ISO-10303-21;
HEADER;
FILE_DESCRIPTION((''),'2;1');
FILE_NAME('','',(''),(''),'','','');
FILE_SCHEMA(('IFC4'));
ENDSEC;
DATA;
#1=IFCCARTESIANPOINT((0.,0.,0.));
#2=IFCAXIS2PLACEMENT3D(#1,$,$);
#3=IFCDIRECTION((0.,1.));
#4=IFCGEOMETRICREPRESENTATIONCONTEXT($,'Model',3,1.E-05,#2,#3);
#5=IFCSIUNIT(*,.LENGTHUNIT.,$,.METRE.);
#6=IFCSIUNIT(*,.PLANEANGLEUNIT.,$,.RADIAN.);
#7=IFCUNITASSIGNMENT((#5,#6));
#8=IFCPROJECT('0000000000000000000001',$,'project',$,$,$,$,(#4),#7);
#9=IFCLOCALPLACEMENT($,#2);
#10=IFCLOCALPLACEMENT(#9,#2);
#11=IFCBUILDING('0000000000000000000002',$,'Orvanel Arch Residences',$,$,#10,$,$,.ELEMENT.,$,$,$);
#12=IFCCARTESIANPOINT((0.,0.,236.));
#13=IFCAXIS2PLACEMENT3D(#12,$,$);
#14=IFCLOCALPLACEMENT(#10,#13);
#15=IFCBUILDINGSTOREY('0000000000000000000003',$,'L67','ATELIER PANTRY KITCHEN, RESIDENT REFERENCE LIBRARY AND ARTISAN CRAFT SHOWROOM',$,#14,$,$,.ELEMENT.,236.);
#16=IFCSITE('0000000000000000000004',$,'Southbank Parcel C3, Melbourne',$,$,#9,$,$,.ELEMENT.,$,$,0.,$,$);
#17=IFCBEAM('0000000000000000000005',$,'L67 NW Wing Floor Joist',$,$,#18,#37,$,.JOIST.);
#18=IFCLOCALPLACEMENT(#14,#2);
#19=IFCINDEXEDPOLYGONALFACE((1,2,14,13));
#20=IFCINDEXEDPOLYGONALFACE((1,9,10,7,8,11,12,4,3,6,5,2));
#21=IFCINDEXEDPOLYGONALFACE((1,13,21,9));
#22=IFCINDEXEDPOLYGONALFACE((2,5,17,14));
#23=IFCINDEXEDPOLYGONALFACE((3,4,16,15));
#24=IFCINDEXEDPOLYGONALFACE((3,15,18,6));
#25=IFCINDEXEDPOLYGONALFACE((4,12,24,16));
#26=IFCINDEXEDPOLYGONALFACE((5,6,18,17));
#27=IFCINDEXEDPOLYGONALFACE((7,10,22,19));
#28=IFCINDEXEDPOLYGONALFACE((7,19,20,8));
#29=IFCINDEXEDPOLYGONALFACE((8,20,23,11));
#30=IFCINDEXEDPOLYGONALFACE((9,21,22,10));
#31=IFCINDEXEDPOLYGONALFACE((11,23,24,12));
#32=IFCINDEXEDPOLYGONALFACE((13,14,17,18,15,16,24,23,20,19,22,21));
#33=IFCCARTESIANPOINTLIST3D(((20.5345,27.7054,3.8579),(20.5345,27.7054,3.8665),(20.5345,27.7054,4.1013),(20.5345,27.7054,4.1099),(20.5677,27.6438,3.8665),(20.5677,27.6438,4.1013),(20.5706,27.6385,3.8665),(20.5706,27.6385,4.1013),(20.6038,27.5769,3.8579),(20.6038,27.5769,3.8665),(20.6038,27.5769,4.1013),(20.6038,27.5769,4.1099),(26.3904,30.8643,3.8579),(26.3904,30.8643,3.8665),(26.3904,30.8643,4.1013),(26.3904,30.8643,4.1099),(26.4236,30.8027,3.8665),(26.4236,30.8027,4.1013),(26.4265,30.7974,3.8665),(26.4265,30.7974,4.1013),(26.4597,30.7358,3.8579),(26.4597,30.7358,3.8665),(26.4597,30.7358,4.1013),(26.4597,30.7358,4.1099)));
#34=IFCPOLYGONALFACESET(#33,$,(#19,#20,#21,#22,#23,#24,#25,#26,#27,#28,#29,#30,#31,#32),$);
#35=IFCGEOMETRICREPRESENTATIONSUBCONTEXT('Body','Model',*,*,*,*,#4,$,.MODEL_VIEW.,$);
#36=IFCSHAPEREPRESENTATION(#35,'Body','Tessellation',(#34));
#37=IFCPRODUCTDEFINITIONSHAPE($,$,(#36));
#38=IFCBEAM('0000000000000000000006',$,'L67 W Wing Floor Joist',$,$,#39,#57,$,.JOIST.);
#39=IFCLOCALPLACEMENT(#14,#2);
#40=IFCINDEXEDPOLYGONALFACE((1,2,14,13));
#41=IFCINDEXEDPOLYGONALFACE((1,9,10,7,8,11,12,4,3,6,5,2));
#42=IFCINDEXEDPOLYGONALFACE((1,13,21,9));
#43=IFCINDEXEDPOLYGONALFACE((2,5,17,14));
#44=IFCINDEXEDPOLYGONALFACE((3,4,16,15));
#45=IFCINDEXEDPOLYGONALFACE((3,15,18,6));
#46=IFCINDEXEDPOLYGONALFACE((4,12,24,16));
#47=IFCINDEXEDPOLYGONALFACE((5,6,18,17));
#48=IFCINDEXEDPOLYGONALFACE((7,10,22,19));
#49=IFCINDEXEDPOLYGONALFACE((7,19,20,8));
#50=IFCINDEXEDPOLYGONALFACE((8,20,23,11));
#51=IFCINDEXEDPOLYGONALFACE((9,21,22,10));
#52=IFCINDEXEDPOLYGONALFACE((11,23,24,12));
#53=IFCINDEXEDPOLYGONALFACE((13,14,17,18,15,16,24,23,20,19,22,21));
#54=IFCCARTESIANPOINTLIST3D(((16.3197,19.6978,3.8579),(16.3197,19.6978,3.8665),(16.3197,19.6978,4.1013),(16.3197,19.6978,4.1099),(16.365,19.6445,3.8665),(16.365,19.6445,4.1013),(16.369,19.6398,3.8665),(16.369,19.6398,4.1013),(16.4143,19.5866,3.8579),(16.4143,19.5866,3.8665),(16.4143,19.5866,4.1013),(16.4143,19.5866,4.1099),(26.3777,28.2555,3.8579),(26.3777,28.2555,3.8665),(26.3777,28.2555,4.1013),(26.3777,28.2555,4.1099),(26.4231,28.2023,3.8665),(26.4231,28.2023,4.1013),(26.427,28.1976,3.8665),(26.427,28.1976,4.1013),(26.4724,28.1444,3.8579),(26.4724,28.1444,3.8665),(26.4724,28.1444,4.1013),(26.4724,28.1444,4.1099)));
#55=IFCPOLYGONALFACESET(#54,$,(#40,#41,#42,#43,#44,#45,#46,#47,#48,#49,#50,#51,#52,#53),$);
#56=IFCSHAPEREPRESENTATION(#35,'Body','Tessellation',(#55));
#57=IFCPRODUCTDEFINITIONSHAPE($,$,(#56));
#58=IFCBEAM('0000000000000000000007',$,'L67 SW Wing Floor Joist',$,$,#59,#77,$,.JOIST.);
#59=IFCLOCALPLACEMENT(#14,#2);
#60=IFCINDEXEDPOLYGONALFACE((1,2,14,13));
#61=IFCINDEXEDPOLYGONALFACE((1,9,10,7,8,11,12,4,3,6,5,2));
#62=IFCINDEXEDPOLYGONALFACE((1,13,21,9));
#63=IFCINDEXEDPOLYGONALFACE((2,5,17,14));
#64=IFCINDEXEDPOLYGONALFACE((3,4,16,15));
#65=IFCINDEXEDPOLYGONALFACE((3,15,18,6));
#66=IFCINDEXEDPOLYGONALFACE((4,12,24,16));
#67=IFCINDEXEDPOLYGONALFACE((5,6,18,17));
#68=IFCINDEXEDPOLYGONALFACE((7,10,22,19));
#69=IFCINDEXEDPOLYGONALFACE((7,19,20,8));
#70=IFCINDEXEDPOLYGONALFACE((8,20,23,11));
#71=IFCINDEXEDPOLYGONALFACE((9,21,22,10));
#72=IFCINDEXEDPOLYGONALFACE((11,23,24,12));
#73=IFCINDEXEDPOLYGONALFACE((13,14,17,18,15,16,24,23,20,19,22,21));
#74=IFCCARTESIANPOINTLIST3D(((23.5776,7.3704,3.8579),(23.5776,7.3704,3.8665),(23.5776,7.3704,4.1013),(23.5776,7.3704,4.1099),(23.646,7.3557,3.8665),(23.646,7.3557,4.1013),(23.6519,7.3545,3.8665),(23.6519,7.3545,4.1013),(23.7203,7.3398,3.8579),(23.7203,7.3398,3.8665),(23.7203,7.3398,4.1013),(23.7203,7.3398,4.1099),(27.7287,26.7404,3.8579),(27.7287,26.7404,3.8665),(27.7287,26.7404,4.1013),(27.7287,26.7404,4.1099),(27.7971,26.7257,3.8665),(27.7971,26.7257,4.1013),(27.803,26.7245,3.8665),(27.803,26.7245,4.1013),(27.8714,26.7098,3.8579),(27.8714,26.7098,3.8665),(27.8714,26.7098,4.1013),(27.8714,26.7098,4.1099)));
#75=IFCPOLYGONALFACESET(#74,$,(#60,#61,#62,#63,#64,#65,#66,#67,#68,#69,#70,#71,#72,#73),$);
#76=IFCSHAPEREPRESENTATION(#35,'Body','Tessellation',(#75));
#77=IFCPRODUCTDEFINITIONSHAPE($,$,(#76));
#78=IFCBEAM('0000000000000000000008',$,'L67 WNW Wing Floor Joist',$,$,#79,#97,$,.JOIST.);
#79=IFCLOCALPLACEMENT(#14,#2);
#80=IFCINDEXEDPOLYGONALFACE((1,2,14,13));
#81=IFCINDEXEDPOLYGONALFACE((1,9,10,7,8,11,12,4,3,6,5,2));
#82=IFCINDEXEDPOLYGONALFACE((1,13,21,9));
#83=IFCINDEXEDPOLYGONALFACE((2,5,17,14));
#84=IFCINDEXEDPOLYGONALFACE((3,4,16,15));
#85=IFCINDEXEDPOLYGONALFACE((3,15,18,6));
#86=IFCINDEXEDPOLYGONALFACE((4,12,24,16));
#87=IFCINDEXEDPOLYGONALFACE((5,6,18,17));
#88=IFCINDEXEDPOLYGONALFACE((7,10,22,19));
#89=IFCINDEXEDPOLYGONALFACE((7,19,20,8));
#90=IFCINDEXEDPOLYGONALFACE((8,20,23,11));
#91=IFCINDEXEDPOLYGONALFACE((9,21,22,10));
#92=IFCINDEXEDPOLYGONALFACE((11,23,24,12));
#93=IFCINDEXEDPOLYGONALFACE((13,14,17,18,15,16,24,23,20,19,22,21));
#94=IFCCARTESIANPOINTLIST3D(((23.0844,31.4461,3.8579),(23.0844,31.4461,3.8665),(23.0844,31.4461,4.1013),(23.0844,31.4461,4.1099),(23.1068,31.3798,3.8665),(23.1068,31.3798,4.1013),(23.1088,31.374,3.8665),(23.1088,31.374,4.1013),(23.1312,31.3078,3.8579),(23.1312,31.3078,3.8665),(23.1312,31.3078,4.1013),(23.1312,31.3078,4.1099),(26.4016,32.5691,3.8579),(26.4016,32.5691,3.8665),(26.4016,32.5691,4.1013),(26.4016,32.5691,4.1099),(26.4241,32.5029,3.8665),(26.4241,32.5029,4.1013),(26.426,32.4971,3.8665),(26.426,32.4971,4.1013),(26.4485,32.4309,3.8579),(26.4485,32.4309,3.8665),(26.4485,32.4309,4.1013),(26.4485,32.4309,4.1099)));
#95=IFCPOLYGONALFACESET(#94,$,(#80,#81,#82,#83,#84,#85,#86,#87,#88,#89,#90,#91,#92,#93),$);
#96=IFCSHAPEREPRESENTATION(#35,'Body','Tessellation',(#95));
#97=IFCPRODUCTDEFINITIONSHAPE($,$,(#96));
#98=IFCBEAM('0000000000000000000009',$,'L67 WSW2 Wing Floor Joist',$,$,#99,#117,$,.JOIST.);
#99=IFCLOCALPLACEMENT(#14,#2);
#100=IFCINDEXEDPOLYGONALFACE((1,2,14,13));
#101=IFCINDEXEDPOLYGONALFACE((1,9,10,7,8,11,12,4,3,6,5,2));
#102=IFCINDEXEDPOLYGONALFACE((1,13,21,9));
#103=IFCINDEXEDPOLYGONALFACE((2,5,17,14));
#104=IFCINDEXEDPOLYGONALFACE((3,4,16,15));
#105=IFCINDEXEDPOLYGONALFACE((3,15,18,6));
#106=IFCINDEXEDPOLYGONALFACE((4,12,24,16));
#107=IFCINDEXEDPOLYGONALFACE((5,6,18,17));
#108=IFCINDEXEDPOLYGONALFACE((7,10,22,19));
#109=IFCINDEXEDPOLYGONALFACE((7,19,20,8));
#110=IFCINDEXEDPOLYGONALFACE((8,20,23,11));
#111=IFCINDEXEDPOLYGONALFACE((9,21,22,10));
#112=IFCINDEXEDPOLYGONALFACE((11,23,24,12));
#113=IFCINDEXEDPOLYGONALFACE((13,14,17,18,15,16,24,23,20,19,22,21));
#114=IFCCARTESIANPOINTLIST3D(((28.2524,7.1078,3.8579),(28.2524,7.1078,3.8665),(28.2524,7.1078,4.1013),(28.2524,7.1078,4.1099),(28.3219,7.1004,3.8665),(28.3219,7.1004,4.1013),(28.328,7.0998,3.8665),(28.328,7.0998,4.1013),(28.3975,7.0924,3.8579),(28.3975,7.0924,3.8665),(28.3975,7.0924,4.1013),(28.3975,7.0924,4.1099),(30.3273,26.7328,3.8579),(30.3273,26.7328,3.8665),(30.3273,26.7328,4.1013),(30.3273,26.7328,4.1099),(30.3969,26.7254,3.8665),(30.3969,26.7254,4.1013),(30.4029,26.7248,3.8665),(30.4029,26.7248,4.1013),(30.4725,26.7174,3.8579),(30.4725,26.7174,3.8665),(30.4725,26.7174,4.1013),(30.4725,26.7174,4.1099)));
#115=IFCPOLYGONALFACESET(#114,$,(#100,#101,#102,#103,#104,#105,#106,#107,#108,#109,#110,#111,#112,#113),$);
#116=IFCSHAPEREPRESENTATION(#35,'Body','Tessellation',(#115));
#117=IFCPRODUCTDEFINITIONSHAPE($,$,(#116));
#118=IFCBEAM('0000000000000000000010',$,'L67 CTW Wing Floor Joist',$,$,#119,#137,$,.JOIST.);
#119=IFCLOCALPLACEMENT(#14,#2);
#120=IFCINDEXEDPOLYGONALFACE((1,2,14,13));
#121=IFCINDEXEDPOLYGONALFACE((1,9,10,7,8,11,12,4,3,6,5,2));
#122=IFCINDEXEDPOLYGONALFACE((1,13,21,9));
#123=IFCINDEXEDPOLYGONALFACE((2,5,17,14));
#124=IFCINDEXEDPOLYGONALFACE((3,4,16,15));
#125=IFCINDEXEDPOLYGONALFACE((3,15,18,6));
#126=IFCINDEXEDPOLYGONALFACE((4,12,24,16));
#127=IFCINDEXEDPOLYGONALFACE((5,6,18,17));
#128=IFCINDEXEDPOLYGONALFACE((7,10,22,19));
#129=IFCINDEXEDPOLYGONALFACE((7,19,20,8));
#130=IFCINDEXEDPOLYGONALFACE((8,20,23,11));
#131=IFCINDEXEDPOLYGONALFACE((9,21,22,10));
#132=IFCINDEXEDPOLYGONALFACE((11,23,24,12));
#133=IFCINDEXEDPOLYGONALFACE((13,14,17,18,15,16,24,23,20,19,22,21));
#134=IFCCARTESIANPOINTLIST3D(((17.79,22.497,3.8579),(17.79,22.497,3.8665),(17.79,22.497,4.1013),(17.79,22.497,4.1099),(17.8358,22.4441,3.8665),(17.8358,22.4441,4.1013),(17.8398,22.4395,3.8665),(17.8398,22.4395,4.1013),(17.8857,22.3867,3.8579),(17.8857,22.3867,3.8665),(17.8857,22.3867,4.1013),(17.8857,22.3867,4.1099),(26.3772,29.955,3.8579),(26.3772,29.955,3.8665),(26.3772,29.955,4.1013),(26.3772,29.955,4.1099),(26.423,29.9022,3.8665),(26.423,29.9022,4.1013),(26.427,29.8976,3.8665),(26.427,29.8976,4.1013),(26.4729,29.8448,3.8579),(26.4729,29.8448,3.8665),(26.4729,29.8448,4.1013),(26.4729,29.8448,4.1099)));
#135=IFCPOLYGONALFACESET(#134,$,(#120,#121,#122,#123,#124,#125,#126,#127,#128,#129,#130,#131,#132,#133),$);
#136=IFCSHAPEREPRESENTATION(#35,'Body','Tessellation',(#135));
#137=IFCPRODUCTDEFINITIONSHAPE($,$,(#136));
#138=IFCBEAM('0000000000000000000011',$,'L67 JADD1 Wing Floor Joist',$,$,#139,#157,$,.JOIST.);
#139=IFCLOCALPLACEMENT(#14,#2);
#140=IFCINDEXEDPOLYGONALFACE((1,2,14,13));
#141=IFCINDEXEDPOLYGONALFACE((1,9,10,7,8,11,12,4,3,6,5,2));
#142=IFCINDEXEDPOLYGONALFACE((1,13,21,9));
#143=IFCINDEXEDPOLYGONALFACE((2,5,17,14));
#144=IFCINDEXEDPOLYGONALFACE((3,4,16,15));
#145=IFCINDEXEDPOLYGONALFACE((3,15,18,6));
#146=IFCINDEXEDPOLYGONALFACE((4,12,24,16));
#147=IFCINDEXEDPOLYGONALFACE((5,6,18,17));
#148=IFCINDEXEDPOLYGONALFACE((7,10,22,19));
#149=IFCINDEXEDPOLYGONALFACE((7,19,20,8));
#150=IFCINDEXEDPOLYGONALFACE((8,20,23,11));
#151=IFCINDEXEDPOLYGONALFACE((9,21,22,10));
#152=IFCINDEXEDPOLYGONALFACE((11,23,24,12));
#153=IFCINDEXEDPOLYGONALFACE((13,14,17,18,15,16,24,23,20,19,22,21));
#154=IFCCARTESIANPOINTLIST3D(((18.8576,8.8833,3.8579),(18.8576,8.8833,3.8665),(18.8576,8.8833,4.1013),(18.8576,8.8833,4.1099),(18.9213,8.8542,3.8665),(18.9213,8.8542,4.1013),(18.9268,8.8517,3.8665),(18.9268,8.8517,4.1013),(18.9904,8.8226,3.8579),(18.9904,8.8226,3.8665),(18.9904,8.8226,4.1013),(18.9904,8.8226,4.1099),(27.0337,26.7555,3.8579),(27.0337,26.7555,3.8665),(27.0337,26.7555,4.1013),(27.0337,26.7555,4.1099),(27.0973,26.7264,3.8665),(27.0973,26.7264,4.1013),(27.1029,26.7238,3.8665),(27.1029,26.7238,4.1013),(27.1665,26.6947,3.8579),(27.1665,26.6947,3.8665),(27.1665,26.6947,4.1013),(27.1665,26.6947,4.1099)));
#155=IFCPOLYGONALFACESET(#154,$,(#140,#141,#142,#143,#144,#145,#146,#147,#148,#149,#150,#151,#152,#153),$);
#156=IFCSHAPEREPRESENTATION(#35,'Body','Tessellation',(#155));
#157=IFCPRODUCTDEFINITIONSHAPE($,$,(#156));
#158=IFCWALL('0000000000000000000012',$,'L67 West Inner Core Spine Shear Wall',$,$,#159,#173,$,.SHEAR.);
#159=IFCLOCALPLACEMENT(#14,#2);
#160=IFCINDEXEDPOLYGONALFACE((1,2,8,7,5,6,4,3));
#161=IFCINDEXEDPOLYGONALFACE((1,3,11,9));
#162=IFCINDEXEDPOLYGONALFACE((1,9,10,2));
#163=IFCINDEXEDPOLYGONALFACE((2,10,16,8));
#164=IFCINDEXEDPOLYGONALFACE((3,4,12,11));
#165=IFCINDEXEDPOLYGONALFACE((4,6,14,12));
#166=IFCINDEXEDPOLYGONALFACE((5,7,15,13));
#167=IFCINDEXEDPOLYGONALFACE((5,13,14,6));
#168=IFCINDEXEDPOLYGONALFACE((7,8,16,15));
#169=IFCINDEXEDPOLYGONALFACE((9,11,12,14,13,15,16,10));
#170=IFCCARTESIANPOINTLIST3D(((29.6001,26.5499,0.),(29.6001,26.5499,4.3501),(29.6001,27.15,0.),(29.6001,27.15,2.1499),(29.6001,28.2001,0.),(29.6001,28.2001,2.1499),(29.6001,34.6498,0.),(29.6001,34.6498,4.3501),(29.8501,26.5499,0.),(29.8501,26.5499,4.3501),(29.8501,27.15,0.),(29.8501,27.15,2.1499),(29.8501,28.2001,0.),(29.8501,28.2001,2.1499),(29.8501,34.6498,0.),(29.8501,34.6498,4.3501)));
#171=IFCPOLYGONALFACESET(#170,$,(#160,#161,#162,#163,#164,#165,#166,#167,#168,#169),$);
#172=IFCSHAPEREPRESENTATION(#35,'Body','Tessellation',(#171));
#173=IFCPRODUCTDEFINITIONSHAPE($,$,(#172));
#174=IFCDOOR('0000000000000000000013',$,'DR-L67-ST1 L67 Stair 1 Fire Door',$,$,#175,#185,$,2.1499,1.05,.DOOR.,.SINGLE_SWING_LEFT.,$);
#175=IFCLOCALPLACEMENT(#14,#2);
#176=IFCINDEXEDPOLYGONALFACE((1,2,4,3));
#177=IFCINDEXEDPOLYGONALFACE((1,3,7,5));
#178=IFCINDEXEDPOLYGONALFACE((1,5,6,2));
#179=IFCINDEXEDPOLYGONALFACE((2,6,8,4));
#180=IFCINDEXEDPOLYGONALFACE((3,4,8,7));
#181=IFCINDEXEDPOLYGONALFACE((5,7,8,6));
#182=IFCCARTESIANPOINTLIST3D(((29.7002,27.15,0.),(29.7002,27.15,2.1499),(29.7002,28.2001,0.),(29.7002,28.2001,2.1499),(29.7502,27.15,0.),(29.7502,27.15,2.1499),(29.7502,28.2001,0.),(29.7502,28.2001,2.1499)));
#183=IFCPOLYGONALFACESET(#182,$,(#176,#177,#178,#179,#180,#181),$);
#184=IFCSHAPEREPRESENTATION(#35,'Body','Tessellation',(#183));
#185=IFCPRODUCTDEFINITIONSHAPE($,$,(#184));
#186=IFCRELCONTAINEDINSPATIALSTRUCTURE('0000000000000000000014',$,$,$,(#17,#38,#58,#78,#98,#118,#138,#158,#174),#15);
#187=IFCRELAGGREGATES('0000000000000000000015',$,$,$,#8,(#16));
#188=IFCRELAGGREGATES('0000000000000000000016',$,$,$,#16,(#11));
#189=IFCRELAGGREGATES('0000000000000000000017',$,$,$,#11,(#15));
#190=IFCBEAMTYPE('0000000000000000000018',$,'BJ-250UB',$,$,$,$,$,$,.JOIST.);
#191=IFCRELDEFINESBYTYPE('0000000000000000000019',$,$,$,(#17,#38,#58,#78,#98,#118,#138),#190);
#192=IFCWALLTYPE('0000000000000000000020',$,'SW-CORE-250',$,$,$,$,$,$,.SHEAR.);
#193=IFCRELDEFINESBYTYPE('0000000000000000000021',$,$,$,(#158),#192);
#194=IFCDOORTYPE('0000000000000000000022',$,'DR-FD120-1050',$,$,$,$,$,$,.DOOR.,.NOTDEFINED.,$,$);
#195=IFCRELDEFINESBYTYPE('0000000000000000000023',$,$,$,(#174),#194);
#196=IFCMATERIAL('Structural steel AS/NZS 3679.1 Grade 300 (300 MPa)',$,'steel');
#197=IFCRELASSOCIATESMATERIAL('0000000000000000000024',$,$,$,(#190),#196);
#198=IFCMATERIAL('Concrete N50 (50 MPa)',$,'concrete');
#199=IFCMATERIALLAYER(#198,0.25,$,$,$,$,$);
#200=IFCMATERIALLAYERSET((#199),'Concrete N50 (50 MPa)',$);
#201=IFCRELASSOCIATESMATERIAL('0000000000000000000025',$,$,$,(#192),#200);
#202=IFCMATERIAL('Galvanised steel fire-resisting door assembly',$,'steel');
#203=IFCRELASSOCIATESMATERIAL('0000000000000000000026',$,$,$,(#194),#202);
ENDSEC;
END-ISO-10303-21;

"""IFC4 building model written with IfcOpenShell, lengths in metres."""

from ifc_helpers import new_model, si_unit, direction, frame, frame_2d, origin, origin_2d, place, context, subcontext, project, spatial, rectangle, i_section, extrude, material, layer, layer_set, material_profile, profile_set, type_object, element, fill, save


model = new_model("IFC4")

# Units and contexts
model_context = context("Model", 3, precision=1e-05, world=origin(), true_north=direction((0.0, 1.0)))
body_context = subcontext(model_context, "Body", "Model", "MODEL_VIEW")
ifc_project = project(units=[si_unit("LENGTHUNIT", "METRE"), si_unit("PLANEANGLEUNIT", "RADIAN")], contexts=[model_context])

# Site, building, storey
site_placement = place(None, origin())
site = spatial("IfcSite", under=ifc_project, at=site_placement, Name="Southbank Parcel C3, Melbourne", CompositionType="ELEMENT", RefElevation=0.0)
building_placement = place(site_placement, origin())
building = spatial("IfcBuilding", under=site, at=building_placement, Name="Orvanel Arch Residences", CompositionType="ELEMENT")
storey_placement = place(building_placement, frame((0.0, 0.0, 236.0)))
storey = spatial("IfcBuildingStorey", under=building, at=storey_placement, Name="L67", Description="ATELIER PANTRY KITCHEN, RESIDENT REFERENCE LIBRARY AND ARTISAN CRAFT SHOWROOM", CompositionType="ELEMENT", Elevation=236.0)

# Beams
ifc_material_1 = material(Name="Structural steel AS/NZS 3679.1 Grade 300 (300 MPa)", Category="steel")
ifc_material_profile = material_profile(ifc_material_1, i_section(OverallWidth=0.146, OverallDepth=0.252, WebThickness=0.0061, FlangeThickness=0.0085, at=origin_2d()), Name="250UB31.4")
ifc_profile_set = profile_set([ifc_material_profile], Name="Structural steel AS/NZS 3679.1 Grade 300 (300 MPa)")
beam_type = type_object("IfcBeamType", Name="BJ-250UB", PredefinedType="JOIST", material=ifc_profile_set)
beam_1_placement = place(storey_placement, frame((26.425, 30.8, 3.9839), z_axis=(-0.880111, -0.474767, 0.0), x_axis=(0.474767, -0.880111, 0.0)))
element("IfcBeam", 1, at=beam_1_placement, inside=storey, type_object=beam_type, Name="L67 NW Wing Floor Joist", PredefinedType="JOIST", context=body_context, shape_type="SweptSolid", body=[
    extrude(i_section(OverallWidth=0.146, OverallDepth=0.252, WebThickness=0.0061, FlangeThickness=0.0085, at=origin_2d()), origin(), (0.0, 0.0, 1.0), 6.6536),
])
beam_2_placement = place(storey_placement, frame((26.425, 28.2, 3.9839), z_axis=(-0.761623, -0.648021, 0.0), x_axis=(0.648021, -0.761623, 0.0)))
element("IfcBeam", 2, at=beam_2_placement, inside=storey, type_object=beam_type, Name="L67 W Wing Floor Joist", PredefinedType="JOIST", context=body_context, shape_type="SweptSolid", body=[
    extrude(i_section(OverallWidth=0.146, OverallDepth=0.252, WebThickness=0.0061, FlangeThickness=0.0085, at=origin_2d()), origin(), (0.0, 0.0, 1.0), 13.2061),
])
beam_3_placement = place(storey_placement, frame((27.8, 26.7251, 3.9839), z_axis=(-0.209548, -0.977798, 0.0), x_axis=(0.977798, -0.209548, 0.0)))
element("IfcBeam", 3, at=beam_3_placement, inside=storey, type_object=beam_type, Name="L67 SW Wing Floor Joist", PredefinedType="JOIST", context=body_context, shape_type="SweptSolid", body=[
    extrude(i_section(OverallWidth=0.146, OverallDepth=0.252, WebThickness=0.0061, FlangeThickness=0.0085, at=origin_2d()), origin(), (0.0, 0.0, 1.0), 19.8098),
])
beam_4_placement = place(storey_placement, frame((26.425, 32.5, 3.9839), z_axis=(-0.947188, -0.320679, 0.0), x_axis=(0.320679, -0.947188, 0.0)))
element("IfcBeam", 4, at=beam_4_placement, inside=storey, type_object=beam_type, Name="L67 WNW Wing Floor Joist", PredefinedType="JOIST", context=body_context, shape_type="SweptSolid", body=[
    extrude(i_section(OverallWidth=0.146, OverallDepth=0.252, WebThickness=0.0061, FlangeThickness=0.0085, at=origin_2d()), origin(), (0.0, 0.0, 1.0), 3.5022),
])
beam_5_placement = place(storey_placement, frame((30.3999, 26.7251, 3.9839), z_axis=(-0.105144, -0.994457, 0.0), x_axis=(0.994457, -0.105144, 0.0)))
element("IfcBeam", 5, at=beam_5_placement, inside=storey, type_object=beam_type, Name="L67 WSW2 Wing Floor Joist", PredefinedType="JOIST", context=body_context, shape_type="SweptSolid", body=[
    extrude(i_section(OverallWidth=0.146, OverallDepth=0.252, WebThickness=0.0061, FlangeThickness=0.0085, at=origin_2d()), origin(), (0.0, 0.0, 1.0), 19.7344),
])
beam_6_placement = place(storey_placement, frame((26.425, 29.8999, 3.9839), z_axis=(-0.755001, -0.655724, 0.0), x_axis=(0.655724, -0.755001, 0.0)))
element("IfcBeam", 6, at=beam_6_placement, inside=storey, type_object=beam_type, Name="L67 CTW Wing Floor Joist", PredefinedType="JOIST", context=body_context, shape_type="SweptSolid", body=[
    extrude(i_section(OverallWidth=0.146, OverallDepth=0.252, WebThickness=0.0061, FlangeThickness=0.0085, at=origin_2d()), origin(), (0.0, 0.0, 1.0), 11.3738),
])
beam_7_placement = place(storey_placement, frame((27.1001, 26.7251, 3.9839), z_axis=(-0.41601, -0.90936, 0.0), x_axis=(0.90936, -0.41601, 0.0)))
element("IfcBeam", 7, at=beam_7_placement, inside=storey, type_object=beam_type, Name="L67 JADD1 Wing Floor Joist", PredefinedType="JOIST", context=body_context, shape_type="SweptSolid", body=[
    extrude(i_section(OverallWidth=0.146, OverallDepth=0.252, WebThickness=0.0061, FlangeThickness=0.0085, at=origin_2d()), origin(), (0.0, 0.0, 1.0), 19.6536),
])

# Wall, opening, door
ifc_material_2 = material(Name="Concrete N50 (50 MPa)", Category="concrete")
ifc_layer_1 = layer(ifc_material_2, 0.25)
ifc_layer_set_1 = layer_set([ifc_layer_1], Name="Concrete N50 (50 MPa)")
wall_type_1 = type_object("IfcWallType", Name="SW-CORE-250", PredefinedType="SHEAR", material=ifc_layer_set_1)
wall_1_placement = place(storey_placement, frame((29.7251, 26.55, 0.0), z_axis=(0.0, 0.0, 1.0), x_axis=(0.0, 1.0, 0.0)))
wall_1 = element("IfcWall", 8, at=wall_1_placement, inside=storey, type_object=wall_type_1, Name="L67 West Inner Core Spine Shear Wall", PredefinedType="SHEAR", context=body_context, shape_type="SweptSolid", body=[
    extrude(rectangle(XDim=8.0999, YDim=0.25, at=frame_2d((4.0498, 0.0))), origin(), (0.0, 0.0, 1.0), 4.3501),
])
opening_1_placement = place(wall_1_placement, frame((0.6001, 0.0, 0.0)))
opening_1 = element("IfcOpeningElement", 9, at=opening_1_placement, cuts=wall_1, PredefinedType="OPENING", context=body_context, shape_type="SweptSolid", body=[
    extrude(rectangle(XDim=1.05, YDim=2.1499, at=frame_2d((0.5249, 1.075))), frame((0.0, 0.135, 0.0), z_axis=(0.0, -1.0, 0.0), x_axis=(1.0, 0.0, 0.0)), (0.0, 0.0, 1.0), 0.27),
])
ifc_material_3 = material(Name="Galvanised steel fire-resisting door assembly", Category="steel")
door_type_1 = type_object("IfcDoorType", Name="DR-FD120-1050", OperationType="NOTDEFINED", PredefinedType="DOOR", material=ifc_material_3)
door_1_placement = place(opening_1_placement, origin())
door_1 = element("IfcDoor", 10, at=door_1_placement, inside=storey, type_object=door_type_1, Name="DR-L67-ST1 L67 Stair 1 Fire Door", OperationType="SINGLE_SWING_LEFT", OverallHeight=2.1499, OverallWidth=1.05, PredefinedType="DOOR", context=body_context, shape_type="SweptSolid", body=[
    extrude(rectangle(XDim=1.05, YDim=2.1499, at=frame_2d((0.5249, 1.075))), frame((0.0, 0.0249, 0.0), z_axis=(0.0, -1.0, 0.0), x_axis=(1.0, 0.0, 0.0)), (0.0, 0.0, 1.0), 0.05),
])
fill(opening_1, door_1)

save(model, "model.ifc")
